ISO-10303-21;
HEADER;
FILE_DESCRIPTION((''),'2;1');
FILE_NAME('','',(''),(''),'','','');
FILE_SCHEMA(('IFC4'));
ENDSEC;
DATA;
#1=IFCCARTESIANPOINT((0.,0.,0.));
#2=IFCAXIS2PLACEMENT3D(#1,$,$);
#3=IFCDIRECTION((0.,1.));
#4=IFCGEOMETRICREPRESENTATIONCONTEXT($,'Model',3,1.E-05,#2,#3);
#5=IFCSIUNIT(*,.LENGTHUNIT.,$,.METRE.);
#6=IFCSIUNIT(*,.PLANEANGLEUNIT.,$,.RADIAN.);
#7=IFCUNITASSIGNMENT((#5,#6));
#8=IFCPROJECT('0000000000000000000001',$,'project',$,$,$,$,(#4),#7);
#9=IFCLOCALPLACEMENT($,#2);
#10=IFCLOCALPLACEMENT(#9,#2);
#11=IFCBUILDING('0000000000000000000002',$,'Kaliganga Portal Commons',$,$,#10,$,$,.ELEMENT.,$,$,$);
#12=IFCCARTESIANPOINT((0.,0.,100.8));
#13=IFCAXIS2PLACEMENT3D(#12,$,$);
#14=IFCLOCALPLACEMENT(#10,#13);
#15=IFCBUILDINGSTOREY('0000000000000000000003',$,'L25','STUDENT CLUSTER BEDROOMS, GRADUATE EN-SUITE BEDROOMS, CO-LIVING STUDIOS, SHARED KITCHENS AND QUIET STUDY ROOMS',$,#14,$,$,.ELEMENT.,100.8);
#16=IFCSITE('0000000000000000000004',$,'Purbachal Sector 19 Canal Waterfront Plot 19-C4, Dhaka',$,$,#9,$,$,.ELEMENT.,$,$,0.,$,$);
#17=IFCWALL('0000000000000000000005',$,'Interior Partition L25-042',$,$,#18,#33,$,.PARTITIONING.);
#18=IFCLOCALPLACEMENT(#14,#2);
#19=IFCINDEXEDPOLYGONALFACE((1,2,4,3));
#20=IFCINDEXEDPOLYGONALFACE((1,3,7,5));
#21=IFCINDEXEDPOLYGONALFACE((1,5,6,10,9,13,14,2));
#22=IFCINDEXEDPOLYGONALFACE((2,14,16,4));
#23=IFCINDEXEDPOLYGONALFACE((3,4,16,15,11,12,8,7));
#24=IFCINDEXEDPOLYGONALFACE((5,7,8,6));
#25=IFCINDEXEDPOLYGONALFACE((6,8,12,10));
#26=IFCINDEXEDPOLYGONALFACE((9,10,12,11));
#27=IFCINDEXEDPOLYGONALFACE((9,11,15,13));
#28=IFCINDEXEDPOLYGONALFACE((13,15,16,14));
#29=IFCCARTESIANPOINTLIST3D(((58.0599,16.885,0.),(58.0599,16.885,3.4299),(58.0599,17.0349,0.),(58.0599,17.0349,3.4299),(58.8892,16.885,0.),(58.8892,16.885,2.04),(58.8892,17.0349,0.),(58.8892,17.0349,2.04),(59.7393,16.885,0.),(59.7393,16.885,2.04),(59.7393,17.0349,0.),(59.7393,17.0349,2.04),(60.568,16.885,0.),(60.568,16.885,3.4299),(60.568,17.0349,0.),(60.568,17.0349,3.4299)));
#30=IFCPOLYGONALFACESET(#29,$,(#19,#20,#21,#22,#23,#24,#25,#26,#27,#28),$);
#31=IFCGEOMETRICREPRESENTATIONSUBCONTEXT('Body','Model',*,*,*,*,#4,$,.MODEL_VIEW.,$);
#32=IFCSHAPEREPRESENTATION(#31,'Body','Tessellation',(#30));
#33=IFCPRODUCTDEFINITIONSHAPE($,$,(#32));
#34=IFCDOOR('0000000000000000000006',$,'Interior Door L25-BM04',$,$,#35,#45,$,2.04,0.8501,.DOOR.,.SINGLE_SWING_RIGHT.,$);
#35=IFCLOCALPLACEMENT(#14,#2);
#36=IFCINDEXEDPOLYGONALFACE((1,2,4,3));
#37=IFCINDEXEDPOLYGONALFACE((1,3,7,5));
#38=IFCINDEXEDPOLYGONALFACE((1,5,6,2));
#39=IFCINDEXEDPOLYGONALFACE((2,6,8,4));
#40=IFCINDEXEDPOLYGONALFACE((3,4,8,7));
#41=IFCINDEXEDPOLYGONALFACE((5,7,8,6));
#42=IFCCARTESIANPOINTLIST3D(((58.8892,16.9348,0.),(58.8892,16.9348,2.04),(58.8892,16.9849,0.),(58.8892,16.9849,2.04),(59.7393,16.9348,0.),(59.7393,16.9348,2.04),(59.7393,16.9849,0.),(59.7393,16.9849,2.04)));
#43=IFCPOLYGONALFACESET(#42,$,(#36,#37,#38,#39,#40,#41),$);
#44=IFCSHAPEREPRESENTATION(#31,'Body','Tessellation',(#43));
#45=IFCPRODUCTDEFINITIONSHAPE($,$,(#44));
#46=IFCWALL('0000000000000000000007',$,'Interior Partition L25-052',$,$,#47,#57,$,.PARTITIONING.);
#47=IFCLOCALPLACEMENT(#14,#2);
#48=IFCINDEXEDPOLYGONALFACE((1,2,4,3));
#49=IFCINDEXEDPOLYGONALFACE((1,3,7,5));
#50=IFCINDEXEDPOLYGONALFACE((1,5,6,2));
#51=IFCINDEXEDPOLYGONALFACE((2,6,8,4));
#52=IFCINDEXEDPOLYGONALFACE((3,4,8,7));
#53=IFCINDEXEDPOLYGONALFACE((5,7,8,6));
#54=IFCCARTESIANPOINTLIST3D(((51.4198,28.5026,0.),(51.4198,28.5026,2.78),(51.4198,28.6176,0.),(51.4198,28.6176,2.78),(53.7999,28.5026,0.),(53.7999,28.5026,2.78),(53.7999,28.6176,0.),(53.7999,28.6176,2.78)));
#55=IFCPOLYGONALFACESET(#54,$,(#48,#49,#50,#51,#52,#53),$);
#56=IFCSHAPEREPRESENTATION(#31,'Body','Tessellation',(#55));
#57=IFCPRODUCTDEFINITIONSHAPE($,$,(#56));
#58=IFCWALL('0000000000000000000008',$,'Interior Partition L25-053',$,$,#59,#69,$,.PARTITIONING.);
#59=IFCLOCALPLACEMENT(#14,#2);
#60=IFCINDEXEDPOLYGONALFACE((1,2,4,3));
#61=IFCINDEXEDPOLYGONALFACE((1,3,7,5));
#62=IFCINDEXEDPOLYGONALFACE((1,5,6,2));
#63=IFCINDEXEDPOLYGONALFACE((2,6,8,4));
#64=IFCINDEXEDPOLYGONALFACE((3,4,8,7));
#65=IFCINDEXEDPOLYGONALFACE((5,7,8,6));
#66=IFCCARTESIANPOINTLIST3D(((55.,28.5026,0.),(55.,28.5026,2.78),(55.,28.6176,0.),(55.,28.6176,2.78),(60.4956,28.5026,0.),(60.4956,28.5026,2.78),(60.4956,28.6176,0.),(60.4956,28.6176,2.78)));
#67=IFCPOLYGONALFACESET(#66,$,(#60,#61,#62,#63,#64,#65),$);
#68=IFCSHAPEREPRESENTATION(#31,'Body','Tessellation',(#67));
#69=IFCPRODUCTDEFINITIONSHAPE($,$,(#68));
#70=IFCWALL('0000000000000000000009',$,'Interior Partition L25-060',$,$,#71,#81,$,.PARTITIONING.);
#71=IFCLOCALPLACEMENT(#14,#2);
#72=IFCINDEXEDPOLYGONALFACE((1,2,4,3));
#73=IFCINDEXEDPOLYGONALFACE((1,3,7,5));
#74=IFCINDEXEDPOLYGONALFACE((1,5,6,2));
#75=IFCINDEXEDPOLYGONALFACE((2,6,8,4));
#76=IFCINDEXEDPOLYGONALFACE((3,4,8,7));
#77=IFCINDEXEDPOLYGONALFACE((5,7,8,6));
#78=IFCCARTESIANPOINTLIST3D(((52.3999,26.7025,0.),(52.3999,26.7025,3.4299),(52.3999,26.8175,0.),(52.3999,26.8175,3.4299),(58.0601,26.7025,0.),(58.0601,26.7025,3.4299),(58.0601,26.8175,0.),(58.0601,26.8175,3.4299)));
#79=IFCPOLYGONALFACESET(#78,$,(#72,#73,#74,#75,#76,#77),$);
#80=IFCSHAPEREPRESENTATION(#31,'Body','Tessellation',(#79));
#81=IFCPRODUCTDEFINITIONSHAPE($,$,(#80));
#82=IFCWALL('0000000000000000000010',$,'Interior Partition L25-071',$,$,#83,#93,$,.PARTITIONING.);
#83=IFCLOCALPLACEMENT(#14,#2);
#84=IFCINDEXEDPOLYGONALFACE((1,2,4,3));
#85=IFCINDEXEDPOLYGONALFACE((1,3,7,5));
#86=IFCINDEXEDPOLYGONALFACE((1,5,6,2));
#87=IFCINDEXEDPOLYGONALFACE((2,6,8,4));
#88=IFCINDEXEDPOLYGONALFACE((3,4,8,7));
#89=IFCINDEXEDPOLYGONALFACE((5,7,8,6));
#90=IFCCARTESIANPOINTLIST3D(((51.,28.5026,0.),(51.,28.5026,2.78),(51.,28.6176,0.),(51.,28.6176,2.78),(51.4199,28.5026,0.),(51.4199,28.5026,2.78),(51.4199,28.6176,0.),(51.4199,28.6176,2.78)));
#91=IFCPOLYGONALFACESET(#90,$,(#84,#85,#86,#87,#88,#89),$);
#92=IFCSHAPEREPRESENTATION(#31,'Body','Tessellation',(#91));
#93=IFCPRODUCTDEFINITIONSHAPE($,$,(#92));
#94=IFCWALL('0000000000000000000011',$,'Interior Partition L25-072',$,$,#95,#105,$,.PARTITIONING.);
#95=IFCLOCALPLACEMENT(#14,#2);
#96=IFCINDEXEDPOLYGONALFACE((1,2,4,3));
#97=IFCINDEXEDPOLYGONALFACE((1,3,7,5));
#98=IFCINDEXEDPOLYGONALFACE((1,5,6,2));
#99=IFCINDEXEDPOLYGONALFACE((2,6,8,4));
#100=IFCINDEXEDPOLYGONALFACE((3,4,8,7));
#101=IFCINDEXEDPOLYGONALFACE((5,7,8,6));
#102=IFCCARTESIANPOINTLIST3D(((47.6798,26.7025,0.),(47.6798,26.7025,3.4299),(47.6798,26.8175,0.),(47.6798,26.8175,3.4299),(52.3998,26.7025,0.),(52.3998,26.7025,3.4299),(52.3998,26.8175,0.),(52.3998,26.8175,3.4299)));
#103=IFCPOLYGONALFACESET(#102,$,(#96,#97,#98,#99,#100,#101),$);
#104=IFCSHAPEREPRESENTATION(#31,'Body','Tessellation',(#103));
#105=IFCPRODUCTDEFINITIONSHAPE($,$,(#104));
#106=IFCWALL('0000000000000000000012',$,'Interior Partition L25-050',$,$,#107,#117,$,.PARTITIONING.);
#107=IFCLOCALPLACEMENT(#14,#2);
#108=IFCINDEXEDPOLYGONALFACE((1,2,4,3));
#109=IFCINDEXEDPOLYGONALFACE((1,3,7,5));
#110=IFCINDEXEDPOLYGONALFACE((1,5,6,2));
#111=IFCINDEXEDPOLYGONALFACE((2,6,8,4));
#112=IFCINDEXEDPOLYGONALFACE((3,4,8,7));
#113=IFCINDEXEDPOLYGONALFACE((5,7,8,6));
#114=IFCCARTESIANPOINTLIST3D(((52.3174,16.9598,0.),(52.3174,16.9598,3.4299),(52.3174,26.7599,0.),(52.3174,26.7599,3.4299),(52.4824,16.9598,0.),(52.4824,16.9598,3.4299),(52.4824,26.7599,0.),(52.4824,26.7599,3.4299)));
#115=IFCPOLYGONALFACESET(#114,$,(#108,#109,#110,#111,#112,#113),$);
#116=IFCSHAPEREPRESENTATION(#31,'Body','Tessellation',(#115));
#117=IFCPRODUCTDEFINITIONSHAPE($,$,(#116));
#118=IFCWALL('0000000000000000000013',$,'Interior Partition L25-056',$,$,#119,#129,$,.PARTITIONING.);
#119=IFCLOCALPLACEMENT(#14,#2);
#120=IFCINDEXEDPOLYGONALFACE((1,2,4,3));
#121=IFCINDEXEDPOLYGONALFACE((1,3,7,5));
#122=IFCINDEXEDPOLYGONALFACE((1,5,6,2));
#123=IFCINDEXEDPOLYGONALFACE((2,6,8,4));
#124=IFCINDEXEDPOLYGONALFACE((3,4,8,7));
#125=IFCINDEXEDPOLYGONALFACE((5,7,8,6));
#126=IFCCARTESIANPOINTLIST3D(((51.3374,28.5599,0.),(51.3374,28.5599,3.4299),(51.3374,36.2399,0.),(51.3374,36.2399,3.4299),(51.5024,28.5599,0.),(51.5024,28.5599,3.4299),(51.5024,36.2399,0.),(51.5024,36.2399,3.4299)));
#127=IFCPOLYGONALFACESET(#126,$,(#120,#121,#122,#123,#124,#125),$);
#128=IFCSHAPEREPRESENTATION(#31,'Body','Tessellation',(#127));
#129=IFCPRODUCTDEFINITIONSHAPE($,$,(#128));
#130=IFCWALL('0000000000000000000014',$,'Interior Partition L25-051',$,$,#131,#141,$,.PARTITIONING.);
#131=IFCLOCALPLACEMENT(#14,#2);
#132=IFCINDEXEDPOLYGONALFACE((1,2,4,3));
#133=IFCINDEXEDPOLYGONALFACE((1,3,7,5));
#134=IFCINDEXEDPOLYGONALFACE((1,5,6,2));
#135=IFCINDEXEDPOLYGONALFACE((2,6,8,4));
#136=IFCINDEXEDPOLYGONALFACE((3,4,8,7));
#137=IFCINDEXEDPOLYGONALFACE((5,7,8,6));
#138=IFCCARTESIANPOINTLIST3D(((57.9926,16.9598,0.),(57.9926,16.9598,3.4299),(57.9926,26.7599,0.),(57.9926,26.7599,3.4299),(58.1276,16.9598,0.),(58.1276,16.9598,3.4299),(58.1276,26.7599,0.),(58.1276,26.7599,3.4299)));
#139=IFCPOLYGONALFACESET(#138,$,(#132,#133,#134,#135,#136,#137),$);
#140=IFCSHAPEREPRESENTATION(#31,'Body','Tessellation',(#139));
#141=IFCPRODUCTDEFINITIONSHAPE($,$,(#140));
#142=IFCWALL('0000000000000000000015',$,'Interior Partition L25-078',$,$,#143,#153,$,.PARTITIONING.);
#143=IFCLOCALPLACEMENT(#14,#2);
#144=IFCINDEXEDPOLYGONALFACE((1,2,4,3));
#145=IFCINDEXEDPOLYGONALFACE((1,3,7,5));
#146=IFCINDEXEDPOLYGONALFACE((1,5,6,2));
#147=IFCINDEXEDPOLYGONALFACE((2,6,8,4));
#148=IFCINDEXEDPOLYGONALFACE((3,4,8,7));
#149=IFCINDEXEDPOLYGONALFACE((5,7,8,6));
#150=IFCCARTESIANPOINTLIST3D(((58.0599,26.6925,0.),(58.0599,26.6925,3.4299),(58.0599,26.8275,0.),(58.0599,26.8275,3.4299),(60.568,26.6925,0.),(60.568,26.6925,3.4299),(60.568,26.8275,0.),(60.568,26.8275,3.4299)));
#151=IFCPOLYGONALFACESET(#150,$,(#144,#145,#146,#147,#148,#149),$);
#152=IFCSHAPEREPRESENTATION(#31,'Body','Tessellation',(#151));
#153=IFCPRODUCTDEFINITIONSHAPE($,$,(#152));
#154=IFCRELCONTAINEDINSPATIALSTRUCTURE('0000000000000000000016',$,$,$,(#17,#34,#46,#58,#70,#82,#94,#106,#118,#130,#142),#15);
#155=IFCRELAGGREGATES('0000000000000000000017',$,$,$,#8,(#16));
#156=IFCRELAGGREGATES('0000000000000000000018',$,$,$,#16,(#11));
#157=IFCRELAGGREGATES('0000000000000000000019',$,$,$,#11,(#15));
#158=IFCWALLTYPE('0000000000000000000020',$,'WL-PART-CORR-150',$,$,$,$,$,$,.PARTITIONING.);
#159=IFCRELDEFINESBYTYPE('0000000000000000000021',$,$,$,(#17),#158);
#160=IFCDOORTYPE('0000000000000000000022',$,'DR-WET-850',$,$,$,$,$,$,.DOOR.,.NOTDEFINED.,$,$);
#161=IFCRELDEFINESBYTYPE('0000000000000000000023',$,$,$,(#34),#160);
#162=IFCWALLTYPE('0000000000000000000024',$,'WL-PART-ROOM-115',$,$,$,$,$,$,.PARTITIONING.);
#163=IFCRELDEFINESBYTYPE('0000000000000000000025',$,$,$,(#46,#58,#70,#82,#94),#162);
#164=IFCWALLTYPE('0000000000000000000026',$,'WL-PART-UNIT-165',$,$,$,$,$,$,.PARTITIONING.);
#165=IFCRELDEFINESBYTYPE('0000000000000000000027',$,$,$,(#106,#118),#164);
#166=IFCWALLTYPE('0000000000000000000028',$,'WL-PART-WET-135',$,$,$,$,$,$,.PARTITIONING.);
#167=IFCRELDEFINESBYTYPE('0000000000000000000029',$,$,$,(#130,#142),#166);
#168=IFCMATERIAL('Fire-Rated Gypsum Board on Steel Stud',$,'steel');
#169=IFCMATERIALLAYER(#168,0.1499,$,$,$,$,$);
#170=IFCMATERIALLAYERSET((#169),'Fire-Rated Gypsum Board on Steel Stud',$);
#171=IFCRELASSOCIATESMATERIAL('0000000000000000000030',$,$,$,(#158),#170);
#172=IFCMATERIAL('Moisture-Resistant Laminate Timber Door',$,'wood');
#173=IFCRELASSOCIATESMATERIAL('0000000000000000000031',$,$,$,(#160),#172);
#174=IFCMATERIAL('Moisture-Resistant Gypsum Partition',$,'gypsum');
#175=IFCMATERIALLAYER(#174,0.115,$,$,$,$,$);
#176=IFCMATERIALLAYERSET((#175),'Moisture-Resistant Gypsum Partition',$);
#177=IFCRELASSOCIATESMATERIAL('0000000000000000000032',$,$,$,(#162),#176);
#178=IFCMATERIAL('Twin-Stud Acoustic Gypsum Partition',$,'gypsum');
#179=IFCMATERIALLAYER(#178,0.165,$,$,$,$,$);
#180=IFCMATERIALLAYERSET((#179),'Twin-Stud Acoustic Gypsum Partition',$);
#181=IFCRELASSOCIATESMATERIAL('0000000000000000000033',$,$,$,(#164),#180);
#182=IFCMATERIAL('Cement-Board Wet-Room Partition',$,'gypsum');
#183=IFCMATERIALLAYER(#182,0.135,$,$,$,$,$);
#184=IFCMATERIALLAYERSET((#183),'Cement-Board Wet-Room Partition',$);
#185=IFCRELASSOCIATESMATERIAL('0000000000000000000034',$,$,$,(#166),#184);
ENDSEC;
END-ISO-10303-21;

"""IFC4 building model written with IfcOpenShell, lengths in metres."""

from ifc_helpers import new_model, si_unit, direction, frame, frame_2d, origin, place, context, subcontext, project, spatial, rectangle, extrude, material, layer, layer_set, type_object, element, fill, save


model = new_model("IFC4")

# Units and contexts
model_context = context("Model", 3, precision=1e-05, world=origin(), true_north=direction((0.0, 1.0)))
body_context = subcontext(model_context, "Body", "Model", "MODEL_VIEW")
ifc_project = project(units=[si_unit("LENGTHUNIT", "METRE"), si_unit("PLANEANGLEUNIT", "RADIAN")], contexts=[model_context])

# Site, building, storey
site_placement = place(None, origin())
site = spatial("IfcSite", under=ifc_project, at=site_placement, Name="Purbachal Sector 19 Canal Waterfront Plot 19-C4, Dhaka", CompositionType="ELEMENT", RefElevation=0.0)
building_placement = place(site_placement, origin())
building = spatial("IfcBuilding", under=site, at=building_placement, Name="Kaliganga Portal Commons", CompositionType="ELEMENT")
storey_placement = place(building_placement, frame((0.0, 0.0, 100.8)))
storey = spatial("IfcBuildingStorey", under=building, at=storey_placement, Name="L25", Description="STUDENT CLUSTER BEDROOMS, GRADUATE EN-SUITE BEDROOMS, CO-LIVING STUDIOS, SHARED KITCHENS AND QUIET STUDY ROOMS", CompositionType="ELEMENT", Elevation=100.8)

# Wall, opening, door
ifc_material_1 = material(Name="Fire-Rated Gypsum Board on Steel Stud", Category="steel")
ifc_layer_1 = layer(ifc_material_1, 0.1499)
ifc_layer_set_1 = layer_set([ifc_layer_1], Name="Fire-Rated Gypsum Board on Steel Stud")
wall_type_1 = type_object("IfcWallType", Name="WL-PART-CORR-150", PredefinedType="PARTITIONING", material=ifc_layer_set_1)
wall_1_placement = place(storey_placement, frame((58.0601, 16.96, 0.0), z_axis=(0.0, 0.0, 1.0), x_axis=(1.0, 0.0, 0.0)))
wall_1 = element("IfcWall", 1, at=wall_1_placement, inside=storey, type_object=wall_type_1, Name="Interior Partition L25-042", PredefinedType="PARTITIONING", context=body_context, shape_type="SweptSolid", body=[
    extrude(rectangle(XDim=2.5081, YDim=0.1499, at=frame_2d((1.2539, 0.0))), origin(), (0.0, 0.0, 1.0), 3.4299),
])
opening_1_placement = place(wall_1_placement, frame((0.8291, 0.0, 0.0)))
opening_1 = element("IfcOpeningElement", 2, at=opening_1_placement, cuts=wall_1, PredefinedType="OPENING", context=body_context, shape_type="SweptSolid", body=[
    extrude(rectangle(XDim=0.8501, YDim=2.04, at=frame_2d((0.425, 1.02))), frame((0.0, 0.085, 0.0), z_axis=(0.0, -1.0, 0.0), x_axis=(1.0, 0.0, 0.0)), (0.0, 0.0, 1.0), 0.1699),
])
ifc_material_2 = material(Name="Moisture-Resistant Laminate Timber Door", Category="wood")
door_type = type_object("IfcDoorType", Name="DR-WET-850", OperationType="NOTDEFINED", PredefinedType="DOOR", material=ifc_material_2)
door_placement = place(opening_1_placement, origin())
door = element("IfcDoor", 3, at=door_placement, inside=storey, type_object=door_type, Name="Interior Door L25-BM04", OperationType="SINGLE_SWING_RIGHT", OverallHeight=2.04, OverallWidth=0.8501, PredefinedType="DOOR", context=body_context, shape_type="SweptSolid", body=[
    extrude(rectangle(XDim=0.8501, YDim=2.04, at=frame_2d((0.425, 1.02))), frame((0.0, 0.0249, 0.0), z_axis=(0.0, -1.0, 0.0), x_axis=(1.0, 0.0, 0.0)), (0.0, 0.0, 1.0), 0.05),
])
fill(opening_1, door)

# Walls
ifc_material_3 = material(Name="Moisture-Resistant Gypsum Partition", Category="gypsum")
ifc_layer_2 = layer(ifc_material_3, 0.115)
ifc_layer_set_2 = layer_set([ifc_layer_2], Name="Moisture-Resistant Gypsum Partition")
wall_type_2 = type_object("IfcWallType", Name="WL-PART-ROOM-115", PredefinedType="PARTITIONING", material=ifc_layer_set_2)
wall_2_placement = place(storey_placement, frame((51.4199, 28.5601, 0.0), z_axis=(0.0, 0.0, 1.0), x_axis=(1.0, 0.0, 0.0)))
element("IfcWall", 4, at=wall_2_placement, inside=storey, type_object=wall_type_2, Name="Interior Partition L25-052", PredefinedType="PARTITIONING", context=body_context, shape_type="SweptSolid", body=[
    extrude(rectangle(XDim=2.3801, YDim=0.115, at=frame_2d((1.1899, 0.0))), origin(), (0.0, 0.0, 1.0), 2.78),
])
wall_3_placement = place(storey_placement, frame((55.0, 28.5601, 0.0), z_axis=(0.0, 0.0, 1.0), x_axis=(1.0, 0.0, 0.0)))
element("IfcWall", 5, at=wall_3_placement, inside=storey, type_object=wall_type_2, Name="Interior Partition L25-053", PredefinedType="PARTITIONING", context=body_context, shape_type="SweptSolid", body=[
    extrude(rectangle(XDim=5.4956, YDim=0.115, at=frame_2d((2.7478, 0.0))), origin(), (0.0, 0.0, 1.0), 2.78),
])
wall_4_placement = place(storey_placement, frame((52.3999, 26.76, 0.0), z_axis=(0.0, 0.0, 1.0), x_axis=(1.0, 0.0, 0.0)))
element("IfcWall", 6, at=wall_4_placement, inside=storey, type_object=wall_type_2, Name="Interior Partition L25-060", PredefinedType="PARTITIONING", context=body_context, shape_type="SweptSolid", body=[
    extrude(rectangle(XDim=5.6602, YDim=0.115, at=frame_2d((2.8301, 0.0))), origin(), (0.0, 0.0, 1.0), 3.4299),
])
wall_5_placement = place(storey_placement, frame((51.0, 28.5601, 0.0), z_axis=(0.0, 0.0, 1.0), x_axis=(1.0, 0.0, 0.0)))
element("IfcWall", 7, at=wall_5_placement, inside=storey, type_object=wall_type_2, Name="Interior Partition L25-071", PredefinedType="PARTITIONING", context=body_context, shape_type="SweptSolid", body=[
    extrude(rectangle(XDim=0.4199, YDim=0.115, at=frame_2d((0.21, 0.0))), origin(), (0.0, 0.0, 1.0), 2.78),
])
wall_6_placement = place(storey_placement, frame((47.6799, 26.76, 0.0), z_axis=(0.0, 0.0, 1.0), x_axis=(1.0, 0.0, 0.0)))
element("IfcWall", 8, at=wall_6_placement, inside=storey, type_object=wall_type_2, Name="Interior Partition L25-072", PredefinedType="PARTITIONING", context=body_context, shape_type="SweptSolid", body=[
    extrude(rectangle(XDim=4.72, YDim=0.115, at=frame_2d((2.3599, 0.0))), origin(), (0.0, 0.0, 1.0), 3.4299),
])
ifc_material_4 = material(Name="Twin-Stud Acoustic Gypsum Partition", Category="gypsum")
ifc_layer_3 = layer(ifc_material_4, 0.165)
ifc_layer_set_3 = layer_set([ifc_layer_3], Name="Twin-Stud Acoustic Gypsum Partition")
wall_type_3 = type_object("IfcWallType", Name="WL-PART-UNIT-165", PredefinedType="PARTITIONING", material=ifc_layer_set_3)
wall_7_placement = place(storey_placement, frame((52.3999, 16.96, 0.0), z_axis=(0.0, 0.0, 1.0), x_axis=(0.0, 1.0, 0.0)))
element("IfcWall", 9, at=wall_7_placement, inside=storey, type_object=wall_type_3, Name="Interior Partition L25-050", PredefinedType="PARTITIONING", context=body_context, shape_type="SweptSolid", body=[
    extrude(rectangle(XDim=9.8, YDim=0.165, at=frame_2d((4.8999, 0.0))), origin(), (0.0, 0.0, 1.0), 3.4299),
])
wall_8_placement = place(storey_placement, frame((51.4199, 28.5601, 0.0), z_axis=(0.0, 0.0, 1.0), x_axis=(0.0, 1.0, 0.0)))
element("IfcWall", 10, at=wall_8_placement, inside=storey, type_object=wall_type_3, Name="Interior Partition L25-056", PredefinedType="PARTITIONING", context=body_context, shape_type="SweptSolid", body=[
    extrude(rectangle(XDim=7.6799, YDim=0.165, at=frame_2d((3.8398, 0.0))), origin(), (0.0, 0.0, 1.0), 3.4299),
])
ifc_material_5 = material(Name="Cement-Board Wet-Room Partition", Category="gypsum")
ifc_layer_4 = layer(ifc_material_5, 0.135)
ifc_layer_set_4 = layer_set([ifc_layer_4], Name="Cement-Board Wet-Room Partition")
wall_type_4 = type_object("IfcWallType", Name="WL-PART-WET-135", PredefinedType="PARTITIONING", material=ifc_layer_set_4)
wall_9_placement = place(storey_placement, frame((58.0601, 16.96, 0.0), z_axis=(0.0, 0.0, 1.0), x_axis=(0.0, 1.0, 0.0)))
element("IfcWall", 11, at=wall_9_placement, inside=storey, type_object=wall_type_4, Name="Interior Partition L25-051", PredefinedType="PARTITIONING", context=body_context, shape_type="SweptSolid", body=[
    extrude(rectangle(XDim=9.8, YDim=0.135, at=frame_2d((4.8999, 0.0))), origin(), (0.0, 0.0, 1.0), 3.4299),
])
wall_10_placement = place(storey_placement, frame((58.0601, 26.76, 0.0), z_axis=(0.0, 0.0, 1.0), x_axis=(1.0, 0.0, 0.0)))
element("IfcWall", 12, at=wall_10_placement, inside=storey, type_object=wall_type_4, Name="Interior Partition L25-078", PredefinedType="PARTITIONING", context=body_context, shape_type="SweptSolid", body=[
    extrude(rectangle(XDim=2.5081, YDim=0.135, at=frame_2d((1.2539, 0.0))), origin(), (0.0, 0.0, 1.0), 3.4299),
])

save(model, "model.ifc")
